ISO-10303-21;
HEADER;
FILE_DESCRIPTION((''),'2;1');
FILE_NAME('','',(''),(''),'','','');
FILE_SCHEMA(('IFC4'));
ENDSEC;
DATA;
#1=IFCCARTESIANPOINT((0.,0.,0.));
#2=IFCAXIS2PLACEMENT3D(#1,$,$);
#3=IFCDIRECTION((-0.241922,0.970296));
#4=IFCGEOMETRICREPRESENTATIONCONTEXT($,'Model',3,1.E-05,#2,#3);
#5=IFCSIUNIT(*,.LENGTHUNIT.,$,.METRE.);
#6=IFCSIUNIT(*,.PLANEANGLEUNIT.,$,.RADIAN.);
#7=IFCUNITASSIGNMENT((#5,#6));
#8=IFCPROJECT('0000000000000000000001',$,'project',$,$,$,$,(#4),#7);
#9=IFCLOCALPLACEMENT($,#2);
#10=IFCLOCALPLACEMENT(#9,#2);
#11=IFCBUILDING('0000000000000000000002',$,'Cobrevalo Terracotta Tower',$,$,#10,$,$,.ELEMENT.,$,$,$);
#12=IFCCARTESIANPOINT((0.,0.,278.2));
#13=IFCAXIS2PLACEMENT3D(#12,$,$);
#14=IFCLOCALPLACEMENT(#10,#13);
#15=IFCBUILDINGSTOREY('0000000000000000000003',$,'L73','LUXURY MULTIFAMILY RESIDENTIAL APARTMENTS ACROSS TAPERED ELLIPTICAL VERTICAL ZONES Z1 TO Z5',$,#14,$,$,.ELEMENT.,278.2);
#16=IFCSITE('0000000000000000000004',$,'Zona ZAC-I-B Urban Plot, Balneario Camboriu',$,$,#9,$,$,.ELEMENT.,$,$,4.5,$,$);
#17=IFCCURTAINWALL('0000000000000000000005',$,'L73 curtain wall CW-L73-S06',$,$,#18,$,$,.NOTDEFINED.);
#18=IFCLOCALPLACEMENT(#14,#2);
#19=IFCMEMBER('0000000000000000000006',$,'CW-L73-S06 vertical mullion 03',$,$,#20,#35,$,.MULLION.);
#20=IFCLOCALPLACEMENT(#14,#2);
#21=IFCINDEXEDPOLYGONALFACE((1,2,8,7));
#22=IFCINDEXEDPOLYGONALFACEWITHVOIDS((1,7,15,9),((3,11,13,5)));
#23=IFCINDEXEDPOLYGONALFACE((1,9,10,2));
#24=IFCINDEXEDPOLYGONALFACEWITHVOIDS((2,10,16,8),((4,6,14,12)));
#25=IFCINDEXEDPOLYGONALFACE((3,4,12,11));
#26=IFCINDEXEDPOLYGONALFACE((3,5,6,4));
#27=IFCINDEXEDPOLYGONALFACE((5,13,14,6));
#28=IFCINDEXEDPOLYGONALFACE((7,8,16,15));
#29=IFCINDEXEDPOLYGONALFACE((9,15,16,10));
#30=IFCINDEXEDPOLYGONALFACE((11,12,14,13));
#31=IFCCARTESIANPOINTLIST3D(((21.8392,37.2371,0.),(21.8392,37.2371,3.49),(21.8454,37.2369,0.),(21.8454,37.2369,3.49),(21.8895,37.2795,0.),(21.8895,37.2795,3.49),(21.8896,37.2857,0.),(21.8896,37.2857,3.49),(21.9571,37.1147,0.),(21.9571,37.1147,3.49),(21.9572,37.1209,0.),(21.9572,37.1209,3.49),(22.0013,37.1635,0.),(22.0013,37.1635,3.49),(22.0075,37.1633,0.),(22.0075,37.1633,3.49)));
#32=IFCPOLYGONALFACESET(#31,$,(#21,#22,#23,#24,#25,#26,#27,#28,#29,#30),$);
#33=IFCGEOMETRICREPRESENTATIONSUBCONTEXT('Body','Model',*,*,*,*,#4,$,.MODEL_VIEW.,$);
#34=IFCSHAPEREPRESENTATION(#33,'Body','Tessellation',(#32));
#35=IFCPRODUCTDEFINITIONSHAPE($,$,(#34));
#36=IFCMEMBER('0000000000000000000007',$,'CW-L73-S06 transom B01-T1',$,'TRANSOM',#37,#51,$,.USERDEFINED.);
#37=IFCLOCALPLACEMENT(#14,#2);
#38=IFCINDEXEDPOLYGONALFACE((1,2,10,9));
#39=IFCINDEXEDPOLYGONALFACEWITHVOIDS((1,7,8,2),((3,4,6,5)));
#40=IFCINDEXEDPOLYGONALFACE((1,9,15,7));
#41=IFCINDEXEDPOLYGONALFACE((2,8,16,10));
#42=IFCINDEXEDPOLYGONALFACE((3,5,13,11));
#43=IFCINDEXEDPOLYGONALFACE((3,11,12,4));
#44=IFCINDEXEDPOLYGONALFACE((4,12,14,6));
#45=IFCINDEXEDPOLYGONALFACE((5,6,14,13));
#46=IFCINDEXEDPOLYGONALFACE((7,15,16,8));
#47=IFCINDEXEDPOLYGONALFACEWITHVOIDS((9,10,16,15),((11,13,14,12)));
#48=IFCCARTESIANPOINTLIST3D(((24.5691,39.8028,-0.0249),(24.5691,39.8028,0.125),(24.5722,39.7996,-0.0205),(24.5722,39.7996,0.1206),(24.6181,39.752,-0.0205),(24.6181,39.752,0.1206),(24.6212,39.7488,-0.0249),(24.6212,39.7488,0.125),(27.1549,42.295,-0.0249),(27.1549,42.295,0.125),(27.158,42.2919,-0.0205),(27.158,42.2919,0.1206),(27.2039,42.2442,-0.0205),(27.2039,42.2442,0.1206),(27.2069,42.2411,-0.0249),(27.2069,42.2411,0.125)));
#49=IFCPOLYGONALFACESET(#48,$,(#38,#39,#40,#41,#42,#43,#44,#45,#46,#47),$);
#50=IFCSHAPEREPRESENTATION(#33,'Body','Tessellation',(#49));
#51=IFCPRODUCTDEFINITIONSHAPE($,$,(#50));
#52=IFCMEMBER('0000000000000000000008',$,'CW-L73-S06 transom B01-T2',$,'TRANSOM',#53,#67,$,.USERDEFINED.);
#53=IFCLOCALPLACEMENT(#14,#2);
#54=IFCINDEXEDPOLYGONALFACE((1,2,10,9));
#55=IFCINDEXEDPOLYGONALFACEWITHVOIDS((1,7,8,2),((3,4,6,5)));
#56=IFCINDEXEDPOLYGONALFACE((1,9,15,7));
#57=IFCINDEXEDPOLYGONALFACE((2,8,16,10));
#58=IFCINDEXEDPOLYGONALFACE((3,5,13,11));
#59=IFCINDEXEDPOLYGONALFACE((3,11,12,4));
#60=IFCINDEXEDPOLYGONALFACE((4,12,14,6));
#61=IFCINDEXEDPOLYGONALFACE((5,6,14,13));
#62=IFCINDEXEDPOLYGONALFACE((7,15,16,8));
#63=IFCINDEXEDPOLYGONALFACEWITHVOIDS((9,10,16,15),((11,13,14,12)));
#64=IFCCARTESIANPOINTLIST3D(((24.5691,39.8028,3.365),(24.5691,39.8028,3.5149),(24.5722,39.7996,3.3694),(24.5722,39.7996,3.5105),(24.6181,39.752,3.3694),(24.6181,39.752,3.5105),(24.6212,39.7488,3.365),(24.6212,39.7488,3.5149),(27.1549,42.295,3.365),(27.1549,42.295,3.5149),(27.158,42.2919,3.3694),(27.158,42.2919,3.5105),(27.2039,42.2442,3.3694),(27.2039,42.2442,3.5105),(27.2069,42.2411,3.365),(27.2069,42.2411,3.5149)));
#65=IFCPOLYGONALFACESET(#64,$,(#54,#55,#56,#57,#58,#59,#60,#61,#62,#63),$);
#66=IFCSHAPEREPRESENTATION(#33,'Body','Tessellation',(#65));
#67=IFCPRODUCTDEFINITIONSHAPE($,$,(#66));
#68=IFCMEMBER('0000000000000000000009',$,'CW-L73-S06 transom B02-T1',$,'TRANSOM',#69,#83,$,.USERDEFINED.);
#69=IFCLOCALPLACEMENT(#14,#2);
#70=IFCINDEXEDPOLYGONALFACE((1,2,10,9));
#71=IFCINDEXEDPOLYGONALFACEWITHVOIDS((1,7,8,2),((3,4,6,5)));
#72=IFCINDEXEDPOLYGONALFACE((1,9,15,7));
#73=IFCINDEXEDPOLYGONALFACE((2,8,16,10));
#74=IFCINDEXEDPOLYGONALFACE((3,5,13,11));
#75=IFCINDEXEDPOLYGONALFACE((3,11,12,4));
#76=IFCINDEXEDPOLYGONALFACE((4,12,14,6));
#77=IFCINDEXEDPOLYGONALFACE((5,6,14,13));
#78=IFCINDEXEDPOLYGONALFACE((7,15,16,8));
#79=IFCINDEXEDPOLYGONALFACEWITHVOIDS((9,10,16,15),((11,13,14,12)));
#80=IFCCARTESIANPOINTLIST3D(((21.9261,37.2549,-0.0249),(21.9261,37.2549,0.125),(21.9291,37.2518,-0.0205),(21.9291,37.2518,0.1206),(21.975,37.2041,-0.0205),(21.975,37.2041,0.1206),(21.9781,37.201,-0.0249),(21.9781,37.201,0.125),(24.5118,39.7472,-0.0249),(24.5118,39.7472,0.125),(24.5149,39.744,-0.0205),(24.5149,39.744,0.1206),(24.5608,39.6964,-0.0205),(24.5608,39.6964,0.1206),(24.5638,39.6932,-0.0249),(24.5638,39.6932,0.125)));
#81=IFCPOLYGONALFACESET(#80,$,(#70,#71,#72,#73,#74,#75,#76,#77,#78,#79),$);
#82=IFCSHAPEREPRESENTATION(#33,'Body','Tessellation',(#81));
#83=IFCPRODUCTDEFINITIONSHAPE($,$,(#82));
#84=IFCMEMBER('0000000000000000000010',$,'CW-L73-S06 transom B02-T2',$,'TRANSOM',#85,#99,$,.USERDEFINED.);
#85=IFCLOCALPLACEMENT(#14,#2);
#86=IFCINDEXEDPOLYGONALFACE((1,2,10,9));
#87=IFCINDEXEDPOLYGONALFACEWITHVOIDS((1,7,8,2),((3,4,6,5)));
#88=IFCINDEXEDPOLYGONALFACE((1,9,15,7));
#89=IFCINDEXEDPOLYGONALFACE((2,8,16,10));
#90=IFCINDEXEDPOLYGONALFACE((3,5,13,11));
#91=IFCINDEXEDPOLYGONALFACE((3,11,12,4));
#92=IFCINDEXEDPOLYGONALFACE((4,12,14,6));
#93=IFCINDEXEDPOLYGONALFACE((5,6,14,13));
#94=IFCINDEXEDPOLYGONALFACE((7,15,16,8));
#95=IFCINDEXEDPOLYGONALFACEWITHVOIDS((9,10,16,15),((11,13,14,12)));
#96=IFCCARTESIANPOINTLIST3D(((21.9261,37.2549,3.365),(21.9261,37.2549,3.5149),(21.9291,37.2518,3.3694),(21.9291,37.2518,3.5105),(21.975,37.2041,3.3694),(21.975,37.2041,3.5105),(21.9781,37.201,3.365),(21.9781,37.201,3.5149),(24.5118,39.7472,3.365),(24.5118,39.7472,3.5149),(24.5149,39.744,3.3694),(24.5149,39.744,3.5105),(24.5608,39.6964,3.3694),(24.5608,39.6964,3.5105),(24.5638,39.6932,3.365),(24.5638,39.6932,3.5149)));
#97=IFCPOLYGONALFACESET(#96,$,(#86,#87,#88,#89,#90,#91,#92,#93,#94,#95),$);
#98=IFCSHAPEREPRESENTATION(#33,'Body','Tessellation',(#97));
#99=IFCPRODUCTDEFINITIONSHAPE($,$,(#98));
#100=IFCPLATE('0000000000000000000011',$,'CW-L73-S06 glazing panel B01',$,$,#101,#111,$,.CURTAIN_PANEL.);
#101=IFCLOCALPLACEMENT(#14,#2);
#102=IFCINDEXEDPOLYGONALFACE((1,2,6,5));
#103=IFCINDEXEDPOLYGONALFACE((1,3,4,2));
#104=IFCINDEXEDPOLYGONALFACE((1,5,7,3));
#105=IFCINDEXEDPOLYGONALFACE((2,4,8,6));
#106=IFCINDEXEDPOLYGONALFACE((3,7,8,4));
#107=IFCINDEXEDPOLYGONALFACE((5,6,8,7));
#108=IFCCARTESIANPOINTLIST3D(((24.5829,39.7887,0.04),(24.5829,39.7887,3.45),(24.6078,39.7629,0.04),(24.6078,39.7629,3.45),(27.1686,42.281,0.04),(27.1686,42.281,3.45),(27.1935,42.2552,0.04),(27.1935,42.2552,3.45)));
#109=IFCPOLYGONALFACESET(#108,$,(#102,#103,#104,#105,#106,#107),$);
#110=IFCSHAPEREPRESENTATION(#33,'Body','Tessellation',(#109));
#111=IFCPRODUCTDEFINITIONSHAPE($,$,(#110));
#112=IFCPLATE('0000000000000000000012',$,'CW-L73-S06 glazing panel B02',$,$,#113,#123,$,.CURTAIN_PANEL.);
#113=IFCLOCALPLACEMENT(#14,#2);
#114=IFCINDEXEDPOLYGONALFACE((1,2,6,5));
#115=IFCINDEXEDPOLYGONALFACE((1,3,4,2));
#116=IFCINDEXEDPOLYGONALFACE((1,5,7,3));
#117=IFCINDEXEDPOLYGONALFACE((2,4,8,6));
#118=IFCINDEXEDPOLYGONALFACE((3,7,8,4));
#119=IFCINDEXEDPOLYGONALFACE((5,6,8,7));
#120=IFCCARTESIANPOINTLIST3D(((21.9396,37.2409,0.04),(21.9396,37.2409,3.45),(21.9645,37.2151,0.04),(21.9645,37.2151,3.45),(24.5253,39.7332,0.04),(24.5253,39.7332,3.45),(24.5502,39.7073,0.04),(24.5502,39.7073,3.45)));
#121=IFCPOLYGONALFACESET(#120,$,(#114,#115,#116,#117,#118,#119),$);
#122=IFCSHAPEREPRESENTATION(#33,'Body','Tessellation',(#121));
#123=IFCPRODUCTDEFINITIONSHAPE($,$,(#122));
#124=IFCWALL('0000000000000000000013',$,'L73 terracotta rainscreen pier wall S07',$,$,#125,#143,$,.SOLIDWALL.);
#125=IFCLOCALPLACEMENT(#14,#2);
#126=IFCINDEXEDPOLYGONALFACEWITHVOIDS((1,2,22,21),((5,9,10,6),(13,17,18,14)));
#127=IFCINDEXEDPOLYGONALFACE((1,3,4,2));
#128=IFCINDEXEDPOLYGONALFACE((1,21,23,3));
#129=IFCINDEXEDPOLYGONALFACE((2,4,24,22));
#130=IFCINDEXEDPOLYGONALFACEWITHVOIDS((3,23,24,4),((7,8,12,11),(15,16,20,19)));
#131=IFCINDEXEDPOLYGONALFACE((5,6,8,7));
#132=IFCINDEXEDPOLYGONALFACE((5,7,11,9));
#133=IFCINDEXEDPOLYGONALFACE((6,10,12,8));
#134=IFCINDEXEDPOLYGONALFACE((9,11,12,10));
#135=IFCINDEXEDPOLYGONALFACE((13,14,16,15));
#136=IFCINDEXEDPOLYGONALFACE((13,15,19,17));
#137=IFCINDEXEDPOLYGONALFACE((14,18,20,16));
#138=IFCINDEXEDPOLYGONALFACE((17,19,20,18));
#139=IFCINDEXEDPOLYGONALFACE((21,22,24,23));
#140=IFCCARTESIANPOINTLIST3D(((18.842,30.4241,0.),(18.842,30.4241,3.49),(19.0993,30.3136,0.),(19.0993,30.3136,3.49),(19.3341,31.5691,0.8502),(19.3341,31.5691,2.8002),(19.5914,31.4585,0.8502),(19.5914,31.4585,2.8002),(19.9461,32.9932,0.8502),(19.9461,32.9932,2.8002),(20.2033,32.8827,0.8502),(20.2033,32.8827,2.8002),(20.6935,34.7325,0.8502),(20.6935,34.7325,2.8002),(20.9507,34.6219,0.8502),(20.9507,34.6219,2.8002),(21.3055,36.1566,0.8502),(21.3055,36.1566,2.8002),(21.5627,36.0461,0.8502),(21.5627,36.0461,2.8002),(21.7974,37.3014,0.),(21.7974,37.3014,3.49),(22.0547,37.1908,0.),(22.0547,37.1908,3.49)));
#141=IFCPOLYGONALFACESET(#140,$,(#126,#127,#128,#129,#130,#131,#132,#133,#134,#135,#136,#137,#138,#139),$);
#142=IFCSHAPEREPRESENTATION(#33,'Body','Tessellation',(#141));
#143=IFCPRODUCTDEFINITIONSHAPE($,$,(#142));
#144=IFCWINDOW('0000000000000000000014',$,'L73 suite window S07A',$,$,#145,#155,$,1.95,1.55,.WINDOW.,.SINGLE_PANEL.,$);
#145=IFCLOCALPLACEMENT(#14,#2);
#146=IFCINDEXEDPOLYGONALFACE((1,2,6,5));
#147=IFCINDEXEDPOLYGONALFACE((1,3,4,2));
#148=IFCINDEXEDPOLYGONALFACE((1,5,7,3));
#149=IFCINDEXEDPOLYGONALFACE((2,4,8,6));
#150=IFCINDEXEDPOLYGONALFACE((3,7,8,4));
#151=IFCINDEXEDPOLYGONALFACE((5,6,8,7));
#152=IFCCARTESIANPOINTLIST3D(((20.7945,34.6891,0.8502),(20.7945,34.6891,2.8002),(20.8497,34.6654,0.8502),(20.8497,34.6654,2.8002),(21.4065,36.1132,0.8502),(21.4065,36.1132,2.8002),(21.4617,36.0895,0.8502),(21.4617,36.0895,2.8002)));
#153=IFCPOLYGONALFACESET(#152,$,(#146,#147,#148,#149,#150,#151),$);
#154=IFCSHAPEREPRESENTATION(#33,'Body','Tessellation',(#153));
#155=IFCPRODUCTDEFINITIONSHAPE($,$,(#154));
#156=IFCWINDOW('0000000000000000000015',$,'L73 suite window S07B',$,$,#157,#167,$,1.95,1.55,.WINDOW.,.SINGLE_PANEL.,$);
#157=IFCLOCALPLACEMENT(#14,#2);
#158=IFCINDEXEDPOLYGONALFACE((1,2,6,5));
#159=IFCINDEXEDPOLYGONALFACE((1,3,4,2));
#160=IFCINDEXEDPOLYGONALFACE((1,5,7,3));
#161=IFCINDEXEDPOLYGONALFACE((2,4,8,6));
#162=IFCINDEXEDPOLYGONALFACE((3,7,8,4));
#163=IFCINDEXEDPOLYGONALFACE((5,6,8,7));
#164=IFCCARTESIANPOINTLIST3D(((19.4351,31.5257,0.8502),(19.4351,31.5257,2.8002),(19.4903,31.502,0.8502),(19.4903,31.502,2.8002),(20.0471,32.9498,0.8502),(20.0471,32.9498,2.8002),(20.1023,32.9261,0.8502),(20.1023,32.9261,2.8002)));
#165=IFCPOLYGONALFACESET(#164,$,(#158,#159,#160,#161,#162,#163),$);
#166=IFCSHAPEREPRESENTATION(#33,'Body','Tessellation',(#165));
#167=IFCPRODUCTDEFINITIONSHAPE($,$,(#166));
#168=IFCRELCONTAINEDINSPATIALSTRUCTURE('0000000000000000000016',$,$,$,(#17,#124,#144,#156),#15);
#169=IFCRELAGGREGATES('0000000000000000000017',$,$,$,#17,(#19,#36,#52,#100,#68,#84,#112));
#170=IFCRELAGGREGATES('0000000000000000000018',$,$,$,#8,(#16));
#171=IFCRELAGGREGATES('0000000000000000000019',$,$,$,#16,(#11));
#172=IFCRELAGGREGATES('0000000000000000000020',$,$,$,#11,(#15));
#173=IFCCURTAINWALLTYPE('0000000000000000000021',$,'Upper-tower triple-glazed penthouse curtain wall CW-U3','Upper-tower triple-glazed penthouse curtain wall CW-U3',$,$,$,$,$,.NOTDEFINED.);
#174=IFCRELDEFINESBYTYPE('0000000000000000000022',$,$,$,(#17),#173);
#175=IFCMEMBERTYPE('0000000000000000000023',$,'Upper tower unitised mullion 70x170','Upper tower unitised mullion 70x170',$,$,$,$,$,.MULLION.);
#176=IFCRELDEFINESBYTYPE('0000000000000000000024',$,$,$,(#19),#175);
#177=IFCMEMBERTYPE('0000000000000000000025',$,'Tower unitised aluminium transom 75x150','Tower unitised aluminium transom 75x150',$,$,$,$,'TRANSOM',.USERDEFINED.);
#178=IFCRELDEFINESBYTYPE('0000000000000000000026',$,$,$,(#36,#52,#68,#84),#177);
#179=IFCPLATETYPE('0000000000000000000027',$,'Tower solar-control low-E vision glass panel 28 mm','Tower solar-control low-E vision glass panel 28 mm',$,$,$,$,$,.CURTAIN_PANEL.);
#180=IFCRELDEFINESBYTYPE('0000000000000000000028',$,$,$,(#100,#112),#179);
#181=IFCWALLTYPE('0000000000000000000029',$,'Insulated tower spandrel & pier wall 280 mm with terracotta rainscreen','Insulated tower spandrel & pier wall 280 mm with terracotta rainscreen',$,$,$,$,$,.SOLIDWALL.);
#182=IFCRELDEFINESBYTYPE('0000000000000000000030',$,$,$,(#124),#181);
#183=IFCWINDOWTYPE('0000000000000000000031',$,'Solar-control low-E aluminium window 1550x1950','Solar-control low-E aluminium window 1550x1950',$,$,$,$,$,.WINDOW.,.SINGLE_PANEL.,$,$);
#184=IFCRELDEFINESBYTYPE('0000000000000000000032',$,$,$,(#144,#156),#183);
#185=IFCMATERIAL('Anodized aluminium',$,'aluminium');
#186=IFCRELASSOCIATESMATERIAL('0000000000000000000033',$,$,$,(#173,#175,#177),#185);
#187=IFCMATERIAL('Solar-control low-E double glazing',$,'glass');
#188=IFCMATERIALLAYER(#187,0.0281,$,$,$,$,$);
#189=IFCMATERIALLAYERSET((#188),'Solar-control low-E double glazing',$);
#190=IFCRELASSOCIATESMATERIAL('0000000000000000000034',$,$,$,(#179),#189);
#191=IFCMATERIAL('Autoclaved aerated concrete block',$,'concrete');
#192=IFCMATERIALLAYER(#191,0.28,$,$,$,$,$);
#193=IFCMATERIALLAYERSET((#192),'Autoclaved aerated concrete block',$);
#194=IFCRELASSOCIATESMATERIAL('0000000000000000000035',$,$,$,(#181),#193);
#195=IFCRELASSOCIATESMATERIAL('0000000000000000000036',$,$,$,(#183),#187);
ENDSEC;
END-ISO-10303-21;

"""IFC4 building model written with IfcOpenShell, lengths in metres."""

from ifc_helpers import new_model, si_unit, direction, frame, frame_2d, origin, origin_2d, place, context, subcontext, project, spatial, rectangle, hollow_rectangle, extrude, source, transform, mapped, material, layer, layer_set, material_profile, profile_set, type_object, element, fill, aggregate, save


model = new_model("IFC4")

# Units and contexts
model_context = context("Model", 3, precision=1e-05, world=origin(), true_north=direction((-0.241922, 0.970296)))
body_context = subcontext(model_context, "Body", "Model", "MODEL_VIEW")
ifc_project = project(units=[si_unit("LENGTHUNIT", "METRE"), si_unit("PLANEANGLEUNIT", "RADIAN")], contexts=[model_context])

# Site, building, storey
site_placement = place(None, origin())
site = spatial("IfcSite", under=ifc_project, at=site_placement, Name="Zona ZAC-I-B Urban Plot, Balneario Camboriu", CompositionType="ELEMENT", RefElevation=4.5)
building_placement = place(site_placement, origin())
building = spatial("IfcBuilding", under=site, at=building_placement, Name="Cobrevalo Terracotta Tower", CompositionType="ELEMENT")
storey_placement = place(building_placement, frame((0.0, 0.0, 278.2)))
storey = spatial("IfcBuildingStorey", under=building, at=storey_placement, Name="L73", Description="LUXURY MULTIFAMILY RESIDENTIAL APARTMENTS ACROSS TAPERED ELLIPTICAL VERTICAL ZONES Z1 TO Z5", CompositionType="ELEMENT", Elevation=278.2)

# Curtain wall, members, plates
ifc_material_1 = material(Name="Anodized aluminium", Category="aluminium")
curtain_wall_type = type_object("IfcCurtainWallType", Name="Upper-tower triple-glazed penthouse curtain wall CW-U3", Description="Upper-tower triple-glazed penthouse curtain wall CW-U3", PredefinedType="NOTDEFINED", material=ifc_material_1)
curtain_wall_placement = place(storey_placement, origin())
curtain_wall = element("IfcCurtainWall", 1, at=curtain_wall_placement, inside=storey, type_object=curtain_wall_type, Name="L73 curtain wall CW-L73-S06", PredefinedType="NOTDEFINED")
ifc_material_profile_1 = material_profile(ifc_material_1, hollow_rectangle(XDim=0.0701, YDim=0.1699, WallThickness=0.0044, at=origin_2d()), Name="CWM 70x170")
ifc_profile_set_1 = profile_set([ifc_material_profile_1], Name="Anodized aluminium")
member_type_1 = type_object("IfcMemberType", Name="Upper tower unitised mullion 70x170", Description="Upper tower unitised mullion 70x170", PredefinedType="MULLION", material=ifc_profile_set_1)
shared_shape_1 = source(origin(), body_context, "Body", "SweptSolid", [
    extrude(hollow_rectangle(XDim=0.0701, YDim=0.1699, WallThickness=0.0044, at=origin_2d()), origin(), (0.0, 0.0, 1.0), 3.49),
])
member_1_placement = place(storey_placement, frame((21.9233, 37.2002, 0.0), z_axis=(0.0, 0.0, 1.0), x_axis=(-0.719994, -0.69398, 0.0)))
member_1 = element("IfcMember", 2, at=member_1_placement, type_object=member_type_1, Name="CW-L73-S06 vertical mullion 03", PredefinedType="MULLION", context=body_context, shape_type="MappedRepresentation", body=[
    mapped(shared_shape_1, transform((0.0, 0.0, 0.0), scale=1.0)),
])
ifc_material_profile_2 = material_profile(ifc_material_1, hollow_rectangle(XDim=0.075, YDim=0.1499, WallThickness=0.0044, at=origin_2d()), Name="CWT 75x150")
ifc_profile_set_2 = profile_set([ifc_material_profile_2], Name="Anodized aluminium")
member_type_2 = type_object("IfcMemberType", Name="Tower unitised aluminium transom 75x150", Description="Tower unitised aluminium transom 75x150", ElementType="TRANSOM", PredefinedType="USERDEFINED", material=ifc_profile_set_2)
shared_shape_2 = source(origin(), body_context, "Body", "SweptSolid", [
    extrude(hollow_rectangle(XDim=0.075, YDim=0.1499, WallThickness=0.0044, at=origin_2d()), origin(), (0.0, 0.0, 1.0), 3.5913),
])
member_2_placement = place(storey_placement, frame((27.1809, 42.2681, 0.05), z_axis=(-0.720006, -0.693968, 0.0), x_axis=(0.693968, -0.720006, 0.0)))
member_2 = element("IfcMember", 3, at=member_2_placement, type_object=member_type_2, Name="CW-L73-S06 transom B01-T1", ObjectType="TRANSOM", PredefinedType="USERDEFINED", context=body_context, shape_type="MappedRepresentation", body=[
    mapped(shared_shape_2, transform((0.0, 0.0, 0.0), scale=1.0)),
])
member_3_placement = place(storey_placement, frame((27.1809, 42.2681, 3.4399), z_axis=(-0.720006, -0.693968, 0.0), x_axis=(0.693968, -0.720006, 0.0)))
member_3 = element("IfcMember", 4, at=member_3_placement, type_object=member_type_2, Name="CW-L73-S06 transom B01-T2", ObjectType="TRANSOM", PredefinedType="USERDEFINED", context=body_context, shape_type="MappedRepresentation", body=[
    mapped(shared_shape_2, transform((0.0, 0.0, 0.0), scale=1.0)),
])
member_4_placement = place(storey_placement, frame((24.5378, 39.7202, 0.05), z_axis=(-0.720006, -0.693968, 0.0), x_axis=(0.693968, -0.720006, 0.0)))
member_4 = element("IfcMember", 5, at=member_4_placement, type_object=member_type_2, Name="CW-L73-S06 transom B02-T1", ObjectType="TRANSOM", PredefinedType="USERDEFINED", context=body_context, shape_type="MappedRepresentation", body=[
    mapped(shared_shape_2, transform((0.0, 0.0, 0.0), scale=1.0)),
])
member_5_placement = place(storey_placement, frame((24.5378, 39.7202, 3.4399), z_axis=(-0.720006, -0.693968, 0.0), x_axis=(0.693968, -0.720006, 0.0)))
member_5 = element("IfcMember", 6, at=member_5_placement, type_object=member_type_2, Name="CW-L73-S06 transom B02-T2", ObjectType="TRANSOM", PredefinedType="USERDEFINED", context=body_context, shape_type="MappedRepresentation", body=[
    mapped(shared_shape_2, transform((0.0, 0.0, 0.0), scale=1.0)),
])
ifc_material_2 = material(Name="Solar-control low-E double glazing", Category="glass")
ifc_layer_1 = layer(ifc_material_2, 0.0281)
ifc_layer_set_1 = layer_set([ifc_layer_1], Name="Solar-control low-E double glazing")
plate_type = type_object("IfcPlateType", Name="Tower solar-control low-E vision glass panel 28 mm", Description="Tower solar-control low-E vision glass panel 28 mm", PredefinedType="CURTAIN_PANEL", material=ifc_layer_set_1)
shared_shape_3 = source(origin(), body_context, "Body", "SweptSolid", [
    extrude(rectangle(XDim=3.5913, YDim=0.0359, at=origin_2d()), origin(), (0.0, 0.0, 1.0), 3.4099),
])
plate_1_placement = place(storey_placement, frame((25.8882, 41.022, 0.04), z_axis=(0.0, 0.0, 1.0), x_axis=(-0.719997, -0.693978, 0.0)))
plate_1 = element("IfcPlate", 7, at=plate_1_placement, type_object=plate_type, Name="CW-L73-S06 glazing panel B01", PredefinedType="CURTAIN_PANEL", context=body_context, shape_type="MappedRepresentation", body=[
    mapped(shared_shape_3, transform((0.0, 0.0, 0.0), scale=1.0)),
])
plate_2_placement = place(storey_placement, frame((23.2449, 38.4741, 0.04), z_axis=(0.0, 0.0, 1.0), x_axis=(-0.719997, -0.693978, 0.0)))
plate_2 = element("IfcPlate", 8, at=plate_2_placement, type_object=plate_type, Name="CW-L73-S06 glazing panel B02", PredefinedType="CURTAIN_PANEL", context=body_context, shape_type="MappedRepresentation", body=[
    mapped(shared_shape_3, transform((0.0, 0.0, 0.0), scale=1.0)),
])
aggregate(curtain_wall, [member_1, member_2, member_3, plate_1, member_4, member_5, plate_2])

# Wall, openings, windows
ifc_material_3 = material(Name="Autoclaved aerated concrete block", Category="concrete")
ifc_layer_2 = layer(ifc_material_3, 0.28)
ifc_layer_set_2 = layer_set([ifc_layer_2], Name="Autoclaved aerated concrete block")
wall_type_1 = type_object("IfcWallType", Name="Insulated tower spandrel & pier wall 280 mm with terracotta rainscreen", Description="Insulated tower spandrel & pier wall 280 mm with terracotta rainscreen", PredefinedType="SOLIDWALL", material=ifc_layer_set_2)
wall_1_placement = place(storey_placement, frame((21.926, 37.2461, 0.0), z_axis=(0.0, 0.0, 1.0), x_axis=(-0.394817, -0.91876, 0.0)))
wall_1 = element("IfcWall", 9, at=wall_1_placement, inside=storey, type_object=wall_type_1, Name="L73 terracotta rainscreen pier wall S07", PredefinedType="SOLIDWALL", context=body_context, shape_type="SweptSolid", body=[
    extrude(rectangle(XDim=7.4854, YDim=0.28, at=frame_2d((3.7427, 0.0))), origin(), (0.0, 0.0, 1.0), 3.49),
])
opening_1_placement = place(wall_1_placement, frame((1.2461, 0.0, 0.8501)))
opening_1 = element("IfcOpeningElement", 10, at=opening_1_placement, cuts=wall_1, PredefinedType="OPENING", context=body_context, shape_type="SweptSolid", body=[
    extrude(rectangle(XDim=1.55, YDim=1.95, at=frame_2d((0.7749, 0.9751))), frame((0.0, 0.1499, 0.0), z_axis=(0.0, -1.0, 0.0), x_axis=(1.0, 0.0, 0.0)), (0.0, 0.0, 1.0), 0.3),
])
opening_2_placement = place(wall_1_placement, frame((4.6892, 0.0, 0.8501)))
opening_2 = element("IfcOpeningElement", 11, at=opening_2_placement, cuts=wall_1, PredefinedType="OPENING", context=body_context, shape_type="SweptSolid", body=[
    extrude(rectangle(XDim=1.55, YDim=1.95, at=frame_2d((0.7749, 0.9751))), frame((0.0, 0.1499, 0.0), z_axis=(0.0, -1.0, 0.0), x_axis=(1.0, 0.0, 0.0)), (0.0, 0.0, 1.0), 0.3),
])
window_type = type_object("IfcWindowType", Name="Solar-control low-E aluminium window 1550x1950", Description="Solar-control low-E aluminium window 1550x1950", PartitioningType="SINGLE_PANEL", PredefinedType="WINDOW", material=ifc_material_2)
shared_shape_4 = source(origin(), body_context, "Body", "SweptSolid", [
    extrude(rectangle(XDim=1.55, YDim=1.95, at=frame_2d((0.7749, 0.9751))), frame((0.0, 0.03, 0.0), z_axis=(0.0, -1.0, 0.0), x_axis=(1.0, 0.0, 0.0)), (0.0, 0.0, 1.0), 0.0601),
])
window_1_placement = place(opening_1_placement, origin())
window_1 = element("IfcWindow", 12, at=window_1_placement, inside=storey, type_object=window_type, Name="L73 suite window S07A", OverallHeight=1.95, OverallWidth=1.55, PartitioningType="SINGLE_PANEL", PredefinedType="WINDOW", context=body_context, shape_type="MappedRepresentation", body=[
    mapped(shared_shape_4, transform((0.0, 0.0, 0.0), scale=1.0)),
])
fill(opening_1, window_1)
window_2_placement = place(opening_2_placement, origin())
window_2 = element("IfcWindow", 13, at=window_2_placement, inside=storey, type_object=window_type, Name="L73 suite window S07B", OverallHeight=1.95, OverallWidth=1.55, PartitioningType="SINGLE_PANEL", PredefinedType="WINDOW", context=body_context, shape_type="MappedRepresentation", body=[
    mapped(shared_shape_4, transform((0.0, 0.0, 0.0), scale=1.0)),
])
fill(opening_2, window_2)

save(model, "model.ifc")
